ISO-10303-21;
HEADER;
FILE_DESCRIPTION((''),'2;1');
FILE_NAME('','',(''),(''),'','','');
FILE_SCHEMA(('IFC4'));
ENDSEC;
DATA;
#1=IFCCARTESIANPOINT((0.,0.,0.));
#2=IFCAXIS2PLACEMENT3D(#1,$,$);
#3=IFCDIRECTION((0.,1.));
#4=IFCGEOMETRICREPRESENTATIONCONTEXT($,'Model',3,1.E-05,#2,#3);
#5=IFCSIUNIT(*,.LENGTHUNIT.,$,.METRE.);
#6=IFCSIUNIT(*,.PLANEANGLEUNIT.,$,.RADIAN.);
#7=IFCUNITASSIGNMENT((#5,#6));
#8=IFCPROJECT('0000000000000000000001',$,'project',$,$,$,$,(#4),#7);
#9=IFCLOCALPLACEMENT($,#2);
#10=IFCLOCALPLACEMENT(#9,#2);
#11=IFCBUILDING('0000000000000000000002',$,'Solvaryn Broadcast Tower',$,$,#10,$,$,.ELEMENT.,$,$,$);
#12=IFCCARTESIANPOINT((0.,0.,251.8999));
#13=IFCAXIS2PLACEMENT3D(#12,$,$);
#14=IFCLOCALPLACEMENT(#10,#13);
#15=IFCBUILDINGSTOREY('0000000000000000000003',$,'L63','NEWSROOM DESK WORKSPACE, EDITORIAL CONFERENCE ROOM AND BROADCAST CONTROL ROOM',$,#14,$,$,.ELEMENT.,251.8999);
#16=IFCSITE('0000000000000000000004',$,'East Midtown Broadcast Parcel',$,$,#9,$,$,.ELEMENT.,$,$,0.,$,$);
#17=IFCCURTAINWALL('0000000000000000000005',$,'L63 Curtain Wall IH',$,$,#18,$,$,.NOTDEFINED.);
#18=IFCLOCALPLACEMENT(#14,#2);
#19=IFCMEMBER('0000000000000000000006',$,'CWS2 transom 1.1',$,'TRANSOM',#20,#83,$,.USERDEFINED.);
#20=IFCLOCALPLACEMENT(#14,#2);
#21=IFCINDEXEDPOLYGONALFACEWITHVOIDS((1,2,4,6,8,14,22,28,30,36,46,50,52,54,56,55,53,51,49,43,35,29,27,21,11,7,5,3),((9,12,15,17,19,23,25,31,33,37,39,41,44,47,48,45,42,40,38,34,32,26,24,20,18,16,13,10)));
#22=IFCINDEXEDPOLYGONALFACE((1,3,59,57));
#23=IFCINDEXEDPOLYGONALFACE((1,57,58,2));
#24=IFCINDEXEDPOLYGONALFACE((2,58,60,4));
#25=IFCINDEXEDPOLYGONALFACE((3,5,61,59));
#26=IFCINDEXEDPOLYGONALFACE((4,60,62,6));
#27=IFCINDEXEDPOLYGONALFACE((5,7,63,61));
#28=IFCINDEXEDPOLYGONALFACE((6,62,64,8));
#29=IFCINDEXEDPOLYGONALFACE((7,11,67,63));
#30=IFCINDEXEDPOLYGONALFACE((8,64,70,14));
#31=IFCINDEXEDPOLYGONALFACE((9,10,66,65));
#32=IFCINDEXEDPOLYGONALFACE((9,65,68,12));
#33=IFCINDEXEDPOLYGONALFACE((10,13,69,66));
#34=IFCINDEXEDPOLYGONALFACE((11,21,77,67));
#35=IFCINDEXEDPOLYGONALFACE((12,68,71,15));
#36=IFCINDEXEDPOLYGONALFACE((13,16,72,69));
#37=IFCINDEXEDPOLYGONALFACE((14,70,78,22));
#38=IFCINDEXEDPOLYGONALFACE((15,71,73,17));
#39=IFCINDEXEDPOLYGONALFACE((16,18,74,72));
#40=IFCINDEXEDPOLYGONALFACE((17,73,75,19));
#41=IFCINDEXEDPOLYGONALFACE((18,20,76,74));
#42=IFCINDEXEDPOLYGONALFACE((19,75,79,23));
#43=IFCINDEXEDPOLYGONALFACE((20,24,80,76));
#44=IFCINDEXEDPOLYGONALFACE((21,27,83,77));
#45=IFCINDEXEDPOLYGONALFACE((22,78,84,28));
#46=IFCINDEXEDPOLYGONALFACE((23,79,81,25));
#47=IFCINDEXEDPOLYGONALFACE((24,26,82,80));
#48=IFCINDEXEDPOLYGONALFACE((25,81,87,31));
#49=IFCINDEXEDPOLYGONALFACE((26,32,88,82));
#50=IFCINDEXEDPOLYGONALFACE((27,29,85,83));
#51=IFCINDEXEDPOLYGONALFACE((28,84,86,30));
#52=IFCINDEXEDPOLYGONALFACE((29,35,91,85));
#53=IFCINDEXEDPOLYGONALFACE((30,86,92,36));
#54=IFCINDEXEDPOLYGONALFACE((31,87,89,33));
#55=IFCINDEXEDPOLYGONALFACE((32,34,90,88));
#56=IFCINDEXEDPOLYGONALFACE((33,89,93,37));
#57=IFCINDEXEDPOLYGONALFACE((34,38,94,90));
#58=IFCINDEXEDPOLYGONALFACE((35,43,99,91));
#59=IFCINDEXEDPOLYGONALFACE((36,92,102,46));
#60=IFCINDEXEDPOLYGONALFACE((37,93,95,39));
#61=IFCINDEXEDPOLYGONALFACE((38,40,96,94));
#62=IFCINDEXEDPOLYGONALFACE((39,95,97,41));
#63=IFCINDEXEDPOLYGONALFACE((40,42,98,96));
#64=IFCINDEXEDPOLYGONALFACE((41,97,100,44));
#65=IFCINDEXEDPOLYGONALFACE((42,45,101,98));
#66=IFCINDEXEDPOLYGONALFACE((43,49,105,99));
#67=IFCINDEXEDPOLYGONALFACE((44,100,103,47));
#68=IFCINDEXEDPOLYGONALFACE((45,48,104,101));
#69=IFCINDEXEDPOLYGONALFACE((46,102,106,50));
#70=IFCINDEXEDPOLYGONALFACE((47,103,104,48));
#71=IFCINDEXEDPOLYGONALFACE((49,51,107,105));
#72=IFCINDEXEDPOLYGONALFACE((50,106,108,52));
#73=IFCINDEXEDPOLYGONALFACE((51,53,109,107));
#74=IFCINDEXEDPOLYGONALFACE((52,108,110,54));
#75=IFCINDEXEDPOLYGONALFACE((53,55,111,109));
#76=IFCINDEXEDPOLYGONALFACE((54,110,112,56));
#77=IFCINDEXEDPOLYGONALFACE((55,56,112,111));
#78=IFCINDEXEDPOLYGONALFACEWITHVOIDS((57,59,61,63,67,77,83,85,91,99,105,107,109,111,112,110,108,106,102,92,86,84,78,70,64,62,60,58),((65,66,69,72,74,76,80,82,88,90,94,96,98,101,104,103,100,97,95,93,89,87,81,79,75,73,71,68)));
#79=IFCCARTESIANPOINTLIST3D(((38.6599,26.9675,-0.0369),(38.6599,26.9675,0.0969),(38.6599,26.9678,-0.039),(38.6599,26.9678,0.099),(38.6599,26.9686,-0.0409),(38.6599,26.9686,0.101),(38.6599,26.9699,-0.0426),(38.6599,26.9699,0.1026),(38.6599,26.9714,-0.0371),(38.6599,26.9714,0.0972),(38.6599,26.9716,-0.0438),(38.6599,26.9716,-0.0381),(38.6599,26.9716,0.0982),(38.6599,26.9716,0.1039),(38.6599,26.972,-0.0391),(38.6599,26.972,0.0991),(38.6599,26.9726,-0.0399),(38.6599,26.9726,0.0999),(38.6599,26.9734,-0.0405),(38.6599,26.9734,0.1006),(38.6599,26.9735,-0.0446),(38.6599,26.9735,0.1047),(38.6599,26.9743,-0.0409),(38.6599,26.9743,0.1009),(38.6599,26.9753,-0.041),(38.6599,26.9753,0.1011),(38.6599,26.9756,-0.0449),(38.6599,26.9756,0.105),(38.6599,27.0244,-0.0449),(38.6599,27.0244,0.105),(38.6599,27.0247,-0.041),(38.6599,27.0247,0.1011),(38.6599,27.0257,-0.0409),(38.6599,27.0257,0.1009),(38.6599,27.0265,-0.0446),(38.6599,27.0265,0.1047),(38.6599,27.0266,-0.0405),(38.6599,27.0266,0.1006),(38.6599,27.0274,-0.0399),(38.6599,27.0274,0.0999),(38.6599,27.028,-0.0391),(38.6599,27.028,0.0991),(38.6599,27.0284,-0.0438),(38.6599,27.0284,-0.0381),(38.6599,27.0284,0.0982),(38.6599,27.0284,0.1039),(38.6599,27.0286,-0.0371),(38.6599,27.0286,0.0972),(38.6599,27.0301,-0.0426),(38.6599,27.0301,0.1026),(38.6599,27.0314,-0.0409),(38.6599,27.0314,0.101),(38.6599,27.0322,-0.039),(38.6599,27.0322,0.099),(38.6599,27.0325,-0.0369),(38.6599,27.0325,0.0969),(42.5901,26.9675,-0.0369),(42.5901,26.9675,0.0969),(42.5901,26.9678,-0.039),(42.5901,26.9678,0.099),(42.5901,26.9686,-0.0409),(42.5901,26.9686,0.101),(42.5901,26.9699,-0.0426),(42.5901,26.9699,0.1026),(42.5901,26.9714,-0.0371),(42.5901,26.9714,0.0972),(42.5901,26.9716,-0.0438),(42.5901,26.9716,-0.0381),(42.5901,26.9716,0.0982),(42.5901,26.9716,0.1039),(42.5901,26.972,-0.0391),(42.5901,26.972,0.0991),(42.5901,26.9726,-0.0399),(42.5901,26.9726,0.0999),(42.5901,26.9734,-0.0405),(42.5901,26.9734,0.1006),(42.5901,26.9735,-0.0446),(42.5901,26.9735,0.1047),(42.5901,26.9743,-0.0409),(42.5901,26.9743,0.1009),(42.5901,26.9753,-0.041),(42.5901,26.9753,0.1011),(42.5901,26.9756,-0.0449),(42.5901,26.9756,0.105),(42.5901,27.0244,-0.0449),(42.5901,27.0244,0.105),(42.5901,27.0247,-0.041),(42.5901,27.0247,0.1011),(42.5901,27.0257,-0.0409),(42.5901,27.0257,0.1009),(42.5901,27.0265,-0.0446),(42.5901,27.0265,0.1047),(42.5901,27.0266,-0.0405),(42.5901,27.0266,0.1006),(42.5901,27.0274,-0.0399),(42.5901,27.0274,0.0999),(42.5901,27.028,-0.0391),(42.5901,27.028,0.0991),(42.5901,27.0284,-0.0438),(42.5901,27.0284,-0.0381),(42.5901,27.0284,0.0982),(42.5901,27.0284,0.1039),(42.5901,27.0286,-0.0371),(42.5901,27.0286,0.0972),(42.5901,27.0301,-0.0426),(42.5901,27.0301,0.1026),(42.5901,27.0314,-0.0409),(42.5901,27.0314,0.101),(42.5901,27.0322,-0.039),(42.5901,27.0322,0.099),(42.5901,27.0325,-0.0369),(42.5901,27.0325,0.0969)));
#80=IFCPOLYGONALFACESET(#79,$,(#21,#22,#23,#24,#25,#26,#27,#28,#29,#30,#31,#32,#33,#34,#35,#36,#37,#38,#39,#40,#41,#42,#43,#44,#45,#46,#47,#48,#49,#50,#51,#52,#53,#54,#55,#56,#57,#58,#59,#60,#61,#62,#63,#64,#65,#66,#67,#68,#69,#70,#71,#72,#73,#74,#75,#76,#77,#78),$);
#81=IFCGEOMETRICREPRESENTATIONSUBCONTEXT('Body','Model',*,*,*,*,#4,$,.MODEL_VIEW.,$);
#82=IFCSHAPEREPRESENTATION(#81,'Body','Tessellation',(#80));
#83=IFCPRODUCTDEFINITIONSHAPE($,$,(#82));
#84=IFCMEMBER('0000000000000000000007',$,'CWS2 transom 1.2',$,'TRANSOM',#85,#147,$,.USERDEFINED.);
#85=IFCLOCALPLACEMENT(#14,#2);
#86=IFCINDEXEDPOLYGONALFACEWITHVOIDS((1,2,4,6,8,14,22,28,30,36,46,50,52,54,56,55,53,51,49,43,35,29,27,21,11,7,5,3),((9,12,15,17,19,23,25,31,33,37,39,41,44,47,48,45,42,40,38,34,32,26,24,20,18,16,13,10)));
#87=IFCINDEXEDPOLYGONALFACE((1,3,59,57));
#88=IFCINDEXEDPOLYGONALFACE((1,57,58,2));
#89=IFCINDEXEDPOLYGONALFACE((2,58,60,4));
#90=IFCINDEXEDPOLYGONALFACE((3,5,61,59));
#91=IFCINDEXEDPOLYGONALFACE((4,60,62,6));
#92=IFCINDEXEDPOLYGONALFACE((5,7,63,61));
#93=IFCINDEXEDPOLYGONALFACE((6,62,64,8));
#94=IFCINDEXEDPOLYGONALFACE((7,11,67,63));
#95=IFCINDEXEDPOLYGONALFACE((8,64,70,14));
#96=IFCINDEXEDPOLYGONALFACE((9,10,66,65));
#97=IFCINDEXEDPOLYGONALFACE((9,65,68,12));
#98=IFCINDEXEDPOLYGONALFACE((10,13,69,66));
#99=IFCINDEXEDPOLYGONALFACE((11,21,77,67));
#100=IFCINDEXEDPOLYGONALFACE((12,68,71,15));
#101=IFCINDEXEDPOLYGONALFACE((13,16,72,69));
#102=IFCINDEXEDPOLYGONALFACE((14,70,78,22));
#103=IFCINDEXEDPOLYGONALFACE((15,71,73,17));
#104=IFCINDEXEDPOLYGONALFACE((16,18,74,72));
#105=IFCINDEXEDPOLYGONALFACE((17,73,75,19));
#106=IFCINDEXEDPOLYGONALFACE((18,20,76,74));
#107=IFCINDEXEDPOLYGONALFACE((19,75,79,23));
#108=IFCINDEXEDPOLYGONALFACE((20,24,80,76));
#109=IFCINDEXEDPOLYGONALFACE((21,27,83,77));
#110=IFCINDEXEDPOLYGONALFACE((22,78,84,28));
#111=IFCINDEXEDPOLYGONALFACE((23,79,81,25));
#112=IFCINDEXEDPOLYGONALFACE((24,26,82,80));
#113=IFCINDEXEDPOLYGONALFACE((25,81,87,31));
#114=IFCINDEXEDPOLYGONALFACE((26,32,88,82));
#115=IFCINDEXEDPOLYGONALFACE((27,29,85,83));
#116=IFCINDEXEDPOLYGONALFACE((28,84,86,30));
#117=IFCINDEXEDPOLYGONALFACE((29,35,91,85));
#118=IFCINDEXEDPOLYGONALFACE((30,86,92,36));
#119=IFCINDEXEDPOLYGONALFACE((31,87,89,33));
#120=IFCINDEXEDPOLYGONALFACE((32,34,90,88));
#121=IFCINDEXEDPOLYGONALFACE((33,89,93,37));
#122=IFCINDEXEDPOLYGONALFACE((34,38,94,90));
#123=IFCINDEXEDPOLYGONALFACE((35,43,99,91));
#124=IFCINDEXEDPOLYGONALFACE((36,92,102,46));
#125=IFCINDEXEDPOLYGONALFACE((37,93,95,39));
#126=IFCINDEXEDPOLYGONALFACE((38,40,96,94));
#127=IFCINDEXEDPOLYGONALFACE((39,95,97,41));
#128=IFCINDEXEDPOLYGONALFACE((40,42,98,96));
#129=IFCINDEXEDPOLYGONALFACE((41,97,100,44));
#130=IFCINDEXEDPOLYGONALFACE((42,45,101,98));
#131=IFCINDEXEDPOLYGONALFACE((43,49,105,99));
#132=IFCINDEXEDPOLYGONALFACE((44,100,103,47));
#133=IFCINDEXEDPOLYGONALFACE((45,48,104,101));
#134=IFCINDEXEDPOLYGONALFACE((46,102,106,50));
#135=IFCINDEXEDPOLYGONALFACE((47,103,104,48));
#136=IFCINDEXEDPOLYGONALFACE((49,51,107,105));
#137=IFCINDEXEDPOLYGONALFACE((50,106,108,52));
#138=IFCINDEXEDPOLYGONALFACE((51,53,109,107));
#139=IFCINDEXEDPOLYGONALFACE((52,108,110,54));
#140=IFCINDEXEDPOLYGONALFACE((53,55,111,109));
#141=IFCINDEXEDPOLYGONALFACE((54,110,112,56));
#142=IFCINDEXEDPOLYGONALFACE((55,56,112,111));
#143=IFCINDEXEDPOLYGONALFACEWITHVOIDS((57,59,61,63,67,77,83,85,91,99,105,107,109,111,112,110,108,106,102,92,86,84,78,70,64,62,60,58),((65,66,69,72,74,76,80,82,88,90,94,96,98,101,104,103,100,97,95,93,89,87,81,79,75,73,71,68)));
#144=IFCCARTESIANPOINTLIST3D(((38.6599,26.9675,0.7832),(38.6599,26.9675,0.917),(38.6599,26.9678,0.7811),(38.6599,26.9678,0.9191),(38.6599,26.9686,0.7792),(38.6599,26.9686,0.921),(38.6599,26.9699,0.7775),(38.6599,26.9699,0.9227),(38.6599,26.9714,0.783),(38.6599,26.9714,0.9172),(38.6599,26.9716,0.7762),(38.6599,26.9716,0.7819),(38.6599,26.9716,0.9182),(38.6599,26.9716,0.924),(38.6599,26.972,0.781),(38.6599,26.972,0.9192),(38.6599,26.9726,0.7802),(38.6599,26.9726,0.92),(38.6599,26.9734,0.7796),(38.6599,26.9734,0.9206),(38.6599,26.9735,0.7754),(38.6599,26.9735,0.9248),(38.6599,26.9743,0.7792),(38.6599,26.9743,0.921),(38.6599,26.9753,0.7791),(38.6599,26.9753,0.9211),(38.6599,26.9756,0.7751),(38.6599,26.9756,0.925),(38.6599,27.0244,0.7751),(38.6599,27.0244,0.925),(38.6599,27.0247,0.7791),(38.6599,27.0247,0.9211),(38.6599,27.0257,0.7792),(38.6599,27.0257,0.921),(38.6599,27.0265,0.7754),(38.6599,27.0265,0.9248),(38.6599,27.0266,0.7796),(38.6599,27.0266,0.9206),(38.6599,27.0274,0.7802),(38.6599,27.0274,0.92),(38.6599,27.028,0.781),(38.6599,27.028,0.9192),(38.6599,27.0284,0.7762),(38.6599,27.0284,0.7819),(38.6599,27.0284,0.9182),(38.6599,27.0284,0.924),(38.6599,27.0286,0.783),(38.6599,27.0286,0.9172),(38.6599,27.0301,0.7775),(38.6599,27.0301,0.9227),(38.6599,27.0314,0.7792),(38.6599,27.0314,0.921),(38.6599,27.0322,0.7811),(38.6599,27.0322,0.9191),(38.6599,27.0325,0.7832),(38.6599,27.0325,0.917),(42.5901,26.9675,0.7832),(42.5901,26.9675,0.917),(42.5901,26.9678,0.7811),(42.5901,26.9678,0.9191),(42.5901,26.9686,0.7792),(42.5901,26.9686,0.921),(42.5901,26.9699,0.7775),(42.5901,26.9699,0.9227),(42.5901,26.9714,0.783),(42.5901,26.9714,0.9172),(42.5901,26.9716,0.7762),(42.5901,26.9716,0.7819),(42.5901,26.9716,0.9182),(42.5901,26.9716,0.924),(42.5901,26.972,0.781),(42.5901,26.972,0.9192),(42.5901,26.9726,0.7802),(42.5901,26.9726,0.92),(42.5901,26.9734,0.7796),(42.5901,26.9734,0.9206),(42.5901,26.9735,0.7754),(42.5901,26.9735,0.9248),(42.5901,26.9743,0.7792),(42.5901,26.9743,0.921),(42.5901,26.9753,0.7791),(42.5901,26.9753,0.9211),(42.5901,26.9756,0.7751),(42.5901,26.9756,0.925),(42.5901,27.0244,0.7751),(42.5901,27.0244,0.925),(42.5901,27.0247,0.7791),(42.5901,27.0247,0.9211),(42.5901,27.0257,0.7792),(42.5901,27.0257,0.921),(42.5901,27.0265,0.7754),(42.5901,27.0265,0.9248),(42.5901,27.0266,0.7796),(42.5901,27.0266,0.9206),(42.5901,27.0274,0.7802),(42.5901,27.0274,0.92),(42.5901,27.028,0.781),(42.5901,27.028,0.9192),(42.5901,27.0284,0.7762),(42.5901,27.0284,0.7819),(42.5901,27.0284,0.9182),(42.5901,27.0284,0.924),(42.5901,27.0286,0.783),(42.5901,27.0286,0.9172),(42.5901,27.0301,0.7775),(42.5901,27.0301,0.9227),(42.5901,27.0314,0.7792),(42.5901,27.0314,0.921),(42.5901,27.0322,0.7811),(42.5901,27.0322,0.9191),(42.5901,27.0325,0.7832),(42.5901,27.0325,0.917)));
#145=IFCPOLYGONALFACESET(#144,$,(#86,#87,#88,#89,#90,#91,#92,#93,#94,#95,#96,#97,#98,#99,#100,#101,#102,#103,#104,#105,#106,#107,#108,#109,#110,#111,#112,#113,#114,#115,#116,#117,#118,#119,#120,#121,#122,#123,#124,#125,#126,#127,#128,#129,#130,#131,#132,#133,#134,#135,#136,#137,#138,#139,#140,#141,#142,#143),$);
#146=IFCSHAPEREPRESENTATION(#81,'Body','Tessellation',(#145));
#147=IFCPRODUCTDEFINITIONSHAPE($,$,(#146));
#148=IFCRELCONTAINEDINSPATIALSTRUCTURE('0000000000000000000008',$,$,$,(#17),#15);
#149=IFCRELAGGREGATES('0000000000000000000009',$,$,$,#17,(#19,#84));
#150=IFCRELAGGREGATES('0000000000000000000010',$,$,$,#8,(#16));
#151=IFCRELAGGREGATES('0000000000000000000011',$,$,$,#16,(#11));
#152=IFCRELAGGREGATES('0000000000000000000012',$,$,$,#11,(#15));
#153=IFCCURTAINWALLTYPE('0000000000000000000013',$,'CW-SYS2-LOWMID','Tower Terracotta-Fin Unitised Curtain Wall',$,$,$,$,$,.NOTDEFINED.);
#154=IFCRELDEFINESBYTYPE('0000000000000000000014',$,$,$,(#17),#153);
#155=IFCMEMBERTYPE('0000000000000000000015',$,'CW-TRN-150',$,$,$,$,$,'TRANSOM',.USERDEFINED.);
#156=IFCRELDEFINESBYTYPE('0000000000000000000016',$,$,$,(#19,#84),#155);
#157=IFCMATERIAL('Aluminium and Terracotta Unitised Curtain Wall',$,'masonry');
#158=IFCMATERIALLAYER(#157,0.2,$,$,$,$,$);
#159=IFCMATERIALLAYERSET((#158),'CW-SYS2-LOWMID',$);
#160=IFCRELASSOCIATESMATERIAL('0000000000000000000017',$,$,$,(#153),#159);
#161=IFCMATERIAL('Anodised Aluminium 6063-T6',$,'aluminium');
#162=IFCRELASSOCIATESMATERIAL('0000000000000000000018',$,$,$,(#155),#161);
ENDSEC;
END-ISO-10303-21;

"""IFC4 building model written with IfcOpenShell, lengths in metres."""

from ifc_helpers import new_model, si_unit, direction, frame, origin, origin_2d, place, context, subcontext, project, spatial, hollow_rectangle, extrude, material, layer, layer_set, material_profile, profile_set, type_object, element, aggregate, save


model = new_model("IFC4")

# Units and contexts
model_context = context("Model", 3, precision=1e-05, world=origin(), true_north=direction((0.0, 1.0)))
body_context = subcontext(model_context, "Body", "Model", "MODEL_VIEW")
ifc_project = project(units=[si_unit("LENGTHUNIT", "METRE"), si_unit("PLANEANGLEUNIT", "RADIAN")], contexts=[model_context])

# Site, building, storey
site_placement = place(None, origin())
site = spatial("IfcSite", under=ifc_project, at=site_placement, Name="East Midtown Broadcast Parcel", CompositionType="ELEMENT", RefElevation=0.0)
building_placement = place(site_placement, origin())
building = spatial("IfcBuilding", under=site, at=building_placement, Name="Solvaryn Broadcast Tower", CompositionType="ELEMENT")
storey_placement = place(building_placement, frame((0.0, 0.0, 251.8999)))
storey = spatial("IfcBuildingStorey", under=building, at=storey_placement, Name="L63", Description="NEWSROOM DESK WORKSPACE, EDITORIAL CONFERENCE ROOM AND BROADCAST CONTROL ROOM", CompositionType="ELEMENT", Elevation=251.8999)

# Shared definitions
ifc_material_1 = material(Name="Aluminium and Terracotta Unitised Curtain Wall", Category="masonry")
ifc_layer_1 = layer(ifc_material_1, 0.2)
ifc_layer_set_1 = layer_set([ifc_layer_1], Name="CW-SYS2-LOWMID")
curtain_wall_type = type_object("IfcCurtainWallType", Name="CW-SYS2-LOWMID", Description="Tower Terracotta-Fin Unitised Curtain Wall", PredefinedType="NOTDEFINED", material=ifc_layer_set_1)

# Curtain wall
curtain_wall_1_placement = place(storey_placement, origin())
curtain_wall_1 = element("IfcCurtainWall", 1, at=curtain_wall_1_placement, inside=storey, type_object=curtain_wall_type, Name="L63 Curtain Wall IH", PredefinedType="NOTDEFINED")

# Members
ifc_material_2 = material(Name="Anodised Aluminium 6063-T6", Category="aluminium")
ifc_material_profile_1 = material_profile(ifc_material_2, hollow_rectangle(XDim=0.0649, YDim=0.1499, WallThickness=0.0039, InnerFilletRadius=0.0039, OuterFilletRadius=0.0081, at=origin_2d()))
ifc_profile_set_1 = profile_set([ifc_material_profile_1], Name="Anodised Aluminium 6063-T6")
member_type_1 = type_object("IfcMemberType", Name="CW-TRN-150", ElementType="TRANSOM", PredefinedType="USERDEFINED", material=ifc_profile_set_1)
member_1_placement = place(storey_placement, frame((38.6599, 27.0, 0.03), z_axis=(1.0, 0.0, 0.0), x_axis=(0.0, 1.0, 0.0)))
member_1 = element("IfcMember", 2, at=member_1_placement, type_object=member_type_1, Name="CWS2 transom 1.1", ObjectType="TRANSOM", PredefinedType="USERDEFINED", context=body_context, shape_type="SweptSolid", body=[
    extrude(hollow_rectangle(XDim=0.0649, YDim=0.1499, WallThickness=0.0039, InnerFilletRadius=0.0039, OuterFilletRadius=0.0081, at=origin_2d()), origin(), (0.0, 0.0, 1.0), 3.9302),
])
member_2_placement = place(storey_placement, frame((38.6599, 27.0, 0.8501), z_axis=(1.0, 0.0, 0.0), x_axis=(0.0, 1.0, 0.0)))
member_2 = element("IfcMember", 3, at=member_2_placement, type_object=member_type_1, Name="CWS2 transom 1.2", ObjectType="TRANSOM", PredefinedType="USERDEFINED", context=body_context, shape_type="SweptSolid", body=[
    extrude(hollow_rectangle(XDim=0.0649, YDim=0.1499, WallThickness=0.0039, InnerFilletRadius=0.0039, OuterFilletRadius=0.0081, at=origin_2d()), origin(), (0.0, 0.0, 1.0), 3.9302),
])

aggregate(curtain_wall_1, [member_1, member_2])

save(model, "model.ifc")
